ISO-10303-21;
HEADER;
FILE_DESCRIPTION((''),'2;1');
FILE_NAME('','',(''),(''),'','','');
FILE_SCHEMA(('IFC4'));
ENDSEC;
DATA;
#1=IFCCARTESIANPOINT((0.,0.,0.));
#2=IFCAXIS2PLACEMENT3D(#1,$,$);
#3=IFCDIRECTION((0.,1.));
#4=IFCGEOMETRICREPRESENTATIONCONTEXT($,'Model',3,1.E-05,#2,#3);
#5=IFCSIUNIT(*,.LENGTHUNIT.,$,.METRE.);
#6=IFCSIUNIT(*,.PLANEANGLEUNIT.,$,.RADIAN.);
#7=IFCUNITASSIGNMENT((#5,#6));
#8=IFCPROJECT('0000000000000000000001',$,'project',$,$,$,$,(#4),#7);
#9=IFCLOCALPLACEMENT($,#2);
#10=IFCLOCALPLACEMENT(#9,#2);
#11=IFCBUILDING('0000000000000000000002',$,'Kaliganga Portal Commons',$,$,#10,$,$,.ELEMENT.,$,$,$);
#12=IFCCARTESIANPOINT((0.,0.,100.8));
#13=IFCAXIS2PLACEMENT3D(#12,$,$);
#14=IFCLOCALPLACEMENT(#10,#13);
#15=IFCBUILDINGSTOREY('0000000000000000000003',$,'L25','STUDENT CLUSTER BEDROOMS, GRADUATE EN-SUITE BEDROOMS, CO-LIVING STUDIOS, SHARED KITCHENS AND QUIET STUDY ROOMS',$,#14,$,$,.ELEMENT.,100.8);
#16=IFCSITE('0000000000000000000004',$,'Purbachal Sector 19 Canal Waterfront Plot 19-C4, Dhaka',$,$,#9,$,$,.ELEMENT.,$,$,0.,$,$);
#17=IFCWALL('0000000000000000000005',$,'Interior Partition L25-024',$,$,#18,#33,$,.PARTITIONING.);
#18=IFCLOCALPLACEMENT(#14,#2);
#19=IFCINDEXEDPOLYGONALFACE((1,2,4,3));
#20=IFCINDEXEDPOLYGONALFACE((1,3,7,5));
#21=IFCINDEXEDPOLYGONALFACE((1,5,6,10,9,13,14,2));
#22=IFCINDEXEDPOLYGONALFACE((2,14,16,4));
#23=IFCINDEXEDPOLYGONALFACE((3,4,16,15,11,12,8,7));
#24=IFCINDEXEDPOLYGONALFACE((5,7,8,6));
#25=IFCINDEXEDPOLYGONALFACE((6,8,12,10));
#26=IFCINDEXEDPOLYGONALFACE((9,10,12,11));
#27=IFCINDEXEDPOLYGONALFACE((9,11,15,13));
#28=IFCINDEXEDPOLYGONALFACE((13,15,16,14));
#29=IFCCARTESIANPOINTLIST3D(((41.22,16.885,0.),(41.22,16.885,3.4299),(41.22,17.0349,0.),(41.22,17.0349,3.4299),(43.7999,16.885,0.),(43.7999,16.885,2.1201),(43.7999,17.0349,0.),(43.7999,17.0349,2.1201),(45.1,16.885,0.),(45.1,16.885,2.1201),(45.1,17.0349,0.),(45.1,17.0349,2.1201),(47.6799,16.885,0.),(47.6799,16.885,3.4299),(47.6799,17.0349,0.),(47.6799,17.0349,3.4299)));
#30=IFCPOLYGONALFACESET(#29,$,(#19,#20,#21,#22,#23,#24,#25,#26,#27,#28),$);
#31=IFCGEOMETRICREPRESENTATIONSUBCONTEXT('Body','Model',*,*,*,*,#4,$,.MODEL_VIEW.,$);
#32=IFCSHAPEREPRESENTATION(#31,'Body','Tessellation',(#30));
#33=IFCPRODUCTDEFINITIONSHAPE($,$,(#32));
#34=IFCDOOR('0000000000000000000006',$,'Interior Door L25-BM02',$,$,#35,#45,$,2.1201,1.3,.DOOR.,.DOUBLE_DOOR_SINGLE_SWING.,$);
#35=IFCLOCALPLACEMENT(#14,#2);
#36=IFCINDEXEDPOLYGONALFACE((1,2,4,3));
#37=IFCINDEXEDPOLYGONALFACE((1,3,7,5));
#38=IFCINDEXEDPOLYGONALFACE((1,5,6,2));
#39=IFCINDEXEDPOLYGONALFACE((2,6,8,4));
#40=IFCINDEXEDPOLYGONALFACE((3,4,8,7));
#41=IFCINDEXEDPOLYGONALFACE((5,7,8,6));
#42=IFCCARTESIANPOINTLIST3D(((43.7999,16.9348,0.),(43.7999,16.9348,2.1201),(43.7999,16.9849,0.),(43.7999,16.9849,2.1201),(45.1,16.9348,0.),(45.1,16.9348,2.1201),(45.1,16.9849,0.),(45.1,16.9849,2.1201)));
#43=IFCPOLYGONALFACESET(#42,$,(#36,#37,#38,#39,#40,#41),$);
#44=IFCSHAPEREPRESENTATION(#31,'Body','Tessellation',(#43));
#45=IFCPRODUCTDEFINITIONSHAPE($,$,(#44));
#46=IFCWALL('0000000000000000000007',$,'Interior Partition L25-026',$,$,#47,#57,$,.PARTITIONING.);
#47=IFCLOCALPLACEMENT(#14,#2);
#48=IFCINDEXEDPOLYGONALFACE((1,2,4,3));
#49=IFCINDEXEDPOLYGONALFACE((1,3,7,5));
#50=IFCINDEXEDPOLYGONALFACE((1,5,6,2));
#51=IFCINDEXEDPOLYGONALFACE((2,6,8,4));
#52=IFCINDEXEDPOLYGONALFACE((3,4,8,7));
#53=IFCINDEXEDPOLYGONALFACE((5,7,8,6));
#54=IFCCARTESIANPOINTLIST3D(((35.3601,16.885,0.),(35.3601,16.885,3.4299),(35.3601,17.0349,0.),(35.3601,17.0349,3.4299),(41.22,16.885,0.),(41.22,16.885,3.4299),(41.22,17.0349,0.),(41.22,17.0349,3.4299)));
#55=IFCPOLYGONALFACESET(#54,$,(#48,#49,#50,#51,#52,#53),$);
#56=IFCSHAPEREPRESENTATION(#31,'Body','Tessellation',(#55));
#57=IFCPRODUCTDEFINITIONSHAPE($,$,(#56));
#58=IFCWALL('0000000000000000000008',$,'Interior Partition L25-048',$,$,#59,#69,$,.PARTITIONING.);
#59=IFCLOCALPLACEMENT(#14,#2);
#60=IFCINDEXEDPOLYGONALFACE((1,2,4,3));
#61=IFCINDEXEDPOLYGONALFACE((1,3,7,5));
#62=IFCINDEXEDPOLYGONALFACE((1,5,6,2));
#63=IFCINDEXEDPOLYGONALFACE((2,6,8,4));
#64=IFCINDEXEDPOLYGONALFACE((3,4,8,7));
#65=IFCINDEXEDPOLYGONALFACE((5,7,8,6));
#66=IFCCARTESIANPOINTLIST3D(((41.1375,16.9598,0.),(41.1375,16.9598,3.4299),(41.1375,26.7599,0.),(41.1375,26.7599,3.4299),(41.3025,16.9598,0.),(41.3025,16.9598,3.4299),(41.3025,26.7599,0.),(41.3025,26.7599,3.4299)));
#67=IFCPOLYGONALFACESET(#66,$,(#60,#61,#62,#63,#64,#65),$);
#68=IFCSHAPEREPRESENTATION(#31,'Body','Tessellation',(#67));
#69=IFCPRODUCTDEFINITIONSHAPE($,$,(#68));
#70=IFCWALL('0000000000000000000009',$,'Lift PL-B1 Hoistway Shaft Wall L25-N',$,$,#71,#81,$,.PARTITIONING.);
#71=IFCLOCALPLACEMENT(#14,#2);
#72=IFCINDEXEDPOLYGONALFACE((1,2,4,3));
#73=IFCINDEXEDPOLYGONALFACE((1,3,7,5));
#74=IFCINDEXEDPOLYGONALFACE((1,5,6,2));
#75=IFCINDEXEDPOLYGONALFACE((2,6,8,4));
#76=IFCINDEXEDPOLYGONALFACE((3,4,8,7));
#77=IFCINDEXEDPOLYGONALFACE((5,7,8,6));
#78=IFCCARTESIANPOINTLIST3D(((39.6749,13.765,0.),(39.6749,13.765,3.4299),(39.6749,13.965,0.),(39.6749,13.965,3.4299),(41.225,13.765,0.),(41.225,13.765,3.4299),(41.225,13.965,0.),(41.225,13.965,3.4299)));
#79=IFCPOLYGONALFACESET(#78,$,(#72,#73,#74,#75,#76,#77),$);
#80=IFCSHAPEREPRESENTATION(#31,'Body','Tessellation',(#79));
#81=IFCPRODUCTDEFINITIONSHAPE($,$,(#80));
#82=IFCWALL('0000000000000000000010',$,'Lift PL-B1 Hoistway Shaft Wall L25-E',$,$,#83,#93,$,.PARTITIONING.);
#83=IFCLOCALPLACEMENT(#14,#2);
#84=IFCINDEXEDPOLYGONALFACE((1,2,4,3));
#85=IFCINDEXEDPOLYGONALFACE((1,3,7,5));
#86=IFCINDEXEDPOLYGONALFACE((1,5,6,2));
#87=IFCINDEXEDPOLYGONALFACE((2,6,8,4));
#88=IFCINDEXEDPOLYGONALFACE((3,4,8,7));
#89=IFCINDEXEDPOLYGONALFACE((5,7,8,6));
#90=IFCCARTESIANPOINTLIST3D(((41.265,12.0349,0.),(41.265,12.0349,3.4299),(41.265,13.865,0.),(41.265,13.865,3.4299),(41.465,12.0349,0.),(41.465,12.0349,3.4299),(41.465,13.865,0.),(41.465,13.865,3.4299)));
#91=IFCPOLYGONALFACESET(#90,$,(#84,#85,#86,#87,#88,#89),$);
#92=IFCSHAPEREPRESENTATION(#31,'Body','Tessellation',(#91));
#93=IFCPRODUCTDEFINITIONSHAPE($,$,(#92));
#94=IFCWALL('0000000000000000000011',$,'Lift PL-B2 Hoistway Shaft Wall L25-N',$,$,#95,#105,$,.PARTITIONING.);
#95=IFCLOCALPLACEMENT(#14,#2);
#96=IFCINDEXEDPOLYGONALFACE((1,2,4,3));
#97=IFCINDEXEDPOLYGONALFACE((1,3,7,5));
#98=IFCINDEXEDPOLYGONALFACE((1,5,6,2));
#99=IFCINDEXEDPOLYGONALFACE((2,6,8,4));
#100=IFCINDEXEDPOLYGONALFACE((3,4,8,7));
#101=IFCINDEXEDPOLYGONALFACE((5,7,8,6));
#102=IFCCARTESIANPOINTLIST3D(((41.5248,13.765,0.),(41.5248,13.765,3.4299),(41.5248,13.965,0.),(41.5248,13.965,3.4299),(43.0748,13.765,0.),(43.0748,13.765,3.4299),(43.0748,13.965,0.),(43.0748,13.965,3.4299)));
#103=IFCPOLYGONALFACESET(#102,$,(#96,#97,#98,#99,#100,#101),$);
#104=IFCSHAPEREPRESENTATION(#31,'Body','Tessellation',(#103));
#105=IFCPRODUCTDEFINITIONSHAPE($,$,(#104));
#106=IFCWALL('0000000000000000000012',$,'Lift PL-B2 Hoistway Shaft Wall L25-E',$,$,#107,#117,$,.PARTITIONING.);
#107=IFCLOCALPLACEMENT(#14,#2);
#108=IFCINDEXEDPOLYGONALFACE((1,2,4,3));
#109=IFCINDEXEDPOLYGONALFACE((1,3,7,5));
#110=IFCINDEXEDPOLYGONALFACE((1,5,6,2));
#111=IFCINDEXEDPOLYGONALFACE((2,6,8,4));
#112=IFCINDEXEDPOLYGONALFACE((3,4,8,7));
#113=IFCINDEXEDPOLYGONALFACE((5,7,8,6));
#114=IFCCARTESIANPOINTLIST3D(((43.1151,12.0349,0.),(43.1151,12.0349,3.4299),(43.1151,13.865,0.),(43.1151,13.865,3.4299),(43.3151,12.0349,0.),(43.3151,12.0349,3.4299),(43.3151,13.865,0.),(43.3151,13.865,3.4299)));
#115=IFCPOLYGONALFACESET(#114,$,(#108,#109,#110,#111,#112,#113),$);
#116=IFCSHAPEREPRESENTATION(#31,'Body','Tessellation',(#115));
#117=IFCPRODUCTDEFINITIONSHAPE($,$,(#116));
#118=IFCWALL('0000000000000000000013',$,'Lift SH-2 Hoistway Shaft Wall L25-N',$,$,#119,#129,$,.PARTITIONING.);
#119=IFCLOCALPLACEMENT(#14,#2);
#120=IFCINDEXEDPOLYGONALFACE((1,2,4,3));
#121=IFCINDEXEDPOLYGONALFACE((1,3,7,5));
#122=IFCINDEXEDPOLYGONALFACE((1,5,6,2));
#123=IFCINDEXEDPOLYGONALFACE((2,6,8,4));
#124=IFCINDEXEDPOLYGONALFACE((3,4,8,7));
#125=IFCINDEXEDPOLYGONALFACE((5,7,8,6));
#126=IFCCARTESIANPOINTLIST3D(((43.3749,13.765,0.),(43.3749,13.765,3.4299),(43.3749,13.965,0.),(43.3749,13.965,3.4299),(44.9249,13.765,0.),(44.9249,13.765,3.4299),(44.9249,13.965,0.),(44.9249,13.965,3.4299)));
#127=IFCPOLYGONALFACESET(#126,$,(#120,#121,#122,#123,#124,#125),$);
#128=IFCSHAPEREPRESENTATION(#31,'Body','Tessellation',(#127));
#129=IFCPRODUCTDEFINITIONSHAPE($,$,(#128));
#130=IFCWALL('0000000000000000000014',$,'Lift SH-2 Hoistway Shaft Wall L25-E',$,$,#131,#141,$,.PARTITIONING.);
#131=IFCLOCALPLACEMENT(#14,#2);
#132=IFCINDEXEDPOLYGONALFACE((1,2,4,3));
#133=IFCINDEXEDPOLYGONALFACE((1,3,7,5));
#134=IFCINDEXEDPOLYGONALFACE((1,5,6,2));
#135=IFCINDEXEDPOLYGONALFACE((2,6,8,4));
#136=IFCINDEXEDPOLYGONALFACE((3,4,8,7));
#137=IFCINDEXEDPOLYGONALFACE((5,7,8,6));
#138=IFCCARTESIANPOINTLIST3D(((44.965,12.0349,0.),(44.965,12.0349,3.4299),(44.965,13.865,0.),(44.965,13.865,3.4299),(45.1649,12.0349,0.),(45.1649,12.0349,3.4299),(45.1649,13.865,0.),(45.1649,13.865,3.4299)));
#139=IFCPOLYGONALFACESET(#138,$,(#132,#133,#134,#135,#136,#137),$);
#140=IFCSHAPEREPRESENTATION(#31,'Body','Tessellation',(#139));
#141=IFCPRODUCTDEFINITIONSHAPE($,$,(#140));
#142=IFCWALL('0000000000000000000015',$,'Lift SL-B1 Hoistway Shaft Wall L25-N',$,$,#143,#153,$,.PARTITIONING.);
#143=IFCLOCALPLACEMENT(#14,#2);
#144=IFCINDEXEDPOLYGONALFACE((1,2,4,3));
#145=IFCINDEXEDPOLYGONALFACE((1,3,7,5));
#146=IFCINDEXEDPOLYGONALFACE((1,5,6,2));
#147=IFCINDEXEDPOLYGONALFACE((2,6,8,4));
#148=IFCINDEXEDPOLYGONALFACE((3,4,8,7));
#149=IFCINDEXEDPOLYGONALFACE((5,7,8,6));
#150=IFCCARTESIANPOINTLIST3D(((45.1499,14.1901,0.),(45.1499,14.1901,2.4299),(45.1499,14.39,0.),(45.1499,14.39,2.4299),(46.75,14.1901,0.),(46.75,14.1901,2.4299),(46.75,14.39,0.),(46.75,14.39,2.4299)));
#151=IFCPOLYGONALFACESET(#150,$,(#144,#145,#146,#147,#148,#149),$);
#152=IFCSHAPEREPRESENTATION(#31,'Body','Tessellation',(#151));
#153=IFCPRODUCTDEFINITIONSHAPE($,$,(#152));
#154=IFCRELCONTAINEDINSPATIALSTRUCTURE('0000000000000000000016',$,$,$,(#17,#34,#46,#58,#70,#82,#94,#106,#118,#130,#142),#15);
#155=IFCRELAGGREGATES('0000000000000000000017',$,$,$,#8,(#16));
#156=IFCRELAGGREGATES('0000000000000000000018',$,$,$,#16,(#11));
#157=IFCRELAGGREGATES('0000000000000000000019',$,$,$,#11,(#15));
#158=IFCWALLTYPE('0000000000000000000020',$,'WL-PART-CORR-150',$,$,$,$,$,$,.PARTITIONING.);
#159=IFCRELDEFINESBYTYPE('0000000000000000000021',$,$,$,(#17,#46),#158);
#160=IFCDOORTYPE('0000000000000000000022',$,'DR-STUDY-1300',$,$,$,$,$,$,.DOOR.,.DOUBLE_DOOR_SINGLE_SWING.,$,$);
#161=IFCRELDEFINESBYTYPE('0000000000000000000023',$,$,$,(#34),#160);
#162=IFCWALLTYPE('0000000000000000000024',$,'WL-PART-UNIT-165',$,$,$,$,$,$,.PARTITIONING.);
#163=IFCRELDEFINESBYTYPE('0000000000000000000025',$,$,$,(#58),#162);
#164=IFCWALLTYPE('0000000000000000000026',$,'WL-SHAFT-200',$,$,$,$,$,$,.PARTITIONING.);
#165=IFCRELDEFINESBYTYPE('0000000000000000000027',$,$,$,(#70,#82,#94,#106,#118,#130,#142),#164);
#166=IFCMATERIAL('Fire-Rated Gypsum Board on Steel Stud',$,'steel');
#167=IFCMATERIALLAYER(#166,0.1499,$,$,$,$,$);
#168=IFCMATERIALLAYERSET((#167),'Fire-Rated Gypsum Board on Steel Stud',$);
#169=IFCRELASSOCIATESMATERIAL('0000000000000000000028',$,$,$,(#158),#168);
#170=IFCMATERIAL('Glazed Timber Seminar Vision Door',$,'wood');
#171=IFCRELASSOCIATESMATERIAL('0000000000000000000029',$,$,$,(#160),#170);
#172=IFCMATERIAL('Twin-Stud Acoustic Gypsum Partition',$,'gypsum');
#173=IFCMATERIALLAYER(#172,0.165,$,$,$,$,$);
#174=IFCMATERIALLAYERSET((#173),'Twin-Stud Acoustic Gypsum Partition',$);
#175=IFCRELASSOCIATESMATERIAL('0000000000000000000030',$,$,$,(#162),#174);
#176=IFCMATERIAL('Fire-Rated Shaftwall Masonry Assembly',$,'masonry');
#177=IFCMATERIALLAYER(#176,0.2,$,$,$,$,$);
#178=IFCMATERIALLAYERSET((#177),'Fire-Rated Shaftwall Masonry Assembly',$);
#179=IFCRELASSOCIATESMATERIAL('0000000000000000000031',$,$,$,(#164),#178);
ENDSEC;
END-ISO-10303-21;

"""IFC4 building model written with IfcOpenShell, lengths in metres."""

from ifc_helpers import new_model, si_unit, direction, frame, frame_2d, origin, place, context, subcontext, project, spatial, rectangle, extrude, material, layer, layer_set, type_object, element, fill, save


model = new_model("IFC4")

# Units and contexts
model_context = context("Model", 3, precision=1e-05, world=origin(), true_north=direction((0.0, 1.0)))
body_context = subcontext(model_context, "Body", "Model", "MODEL_VIEW")
ifc_project = project(units=[si_unit("LENGTHUNIT", "METRE"), si_unit("PLANEANGLEUNIT", "RADIAN")], contexts=[model_context])

# Site, building, storey
site_placement = place(None, origin())
site = spatial("IfcSite", under=ifc_project, at=site_placement, Name="Purbachal Sector 19 Canal Waterfront Plot 19-C4, Dhaka", CompositionType="ELEMENT", RefElevation=0.0)
building_placement = place(site_placement, origin())
building = spatial("IfcBuilding", under=site, at=building_placement, Name="Kaliganga Portal Commons", CompositionType="ELEMENT")
storey_placement = place(building_placement, frame((0.0, 0.0, 100.8)))
storey = spatial("IfcBuildingStorey", under=building, at=storey_placement, Name="L25", Description="STUDENT CLUSTER BEDROOMS, GRADUATE EN-SUITE BEDROOMS, CO-LIVING STUDIOS, SHARED KITCHENS AND QUIET STUDY ROOMS", CompositionType="ELEMENT", Elevation=100.8)

# Wall, opening, door
ifc_material_1 = material(Name="Fire-Rated Gypsum Board on Steel Stud", Category="steel")
ifc_layer_1 = layer(ifc_material_1, 0.1499)
ifc_layer_set_1 = layer_set([ifc_layer_1], Name="Fire-Rated Gypsum Board on Steel Stud")
wall_type_1 = type_object("IfcWallType", Name="WL-PART-CORR-150", PredefinedType="PARTITIONING", material=ifc_layer_set_1)
ifc_material_2 = material(Name="Glazed Timber Seminar Vision Door", Category="wood")
door_type_1 = type_object("IfcDoorType", Name="DR-STUDY-1300", OperationType="DOUBLE_DOOR_SINGLE_SWING", PredefinedType="DOOR", material=ifc_material_2)
wall_1_placement = place(storey_placement, frame((41.22, 16.96, 0.0), z_axis=(0.0, 0.0, 1.0), x_axis=(1.0, 0.0, 0.0)))
wall_1 = element("IfcWall", 1, at=wall_1_placement, inside=storey, type_object=wall_type_1, Name="Interior Partition L25-024", PredefinedType="PARTITIONING", context=body_context, shape_type="SweptSolid", body=[
    extrude(rectangle(XDim=6.46, YDim=0.1499, at=frame_2d((3.23, 0.0))), origin(), (0.0, 0.0, 1.0), 3.4299),
])
opening_1_placement = place(wall_1_placement, frame((2.5801, 0.0, 0.0)))
opening_1 = element("IfcOpeningElement", 2, at=opening_1_placement, cuts=wall_1, PredefinedType="OPENING", context=body_context, shape_type="SweptSolid", body=[
    extrude(rectangle(XDim=1.3, YDim=2.1201, at=frame_2d((0.6499, 1.0601))), frame((0.0, 0.085, 0.0), z_axis=(0.0, -1.0, 0.0), x_axis=(1.0, 0.0, 0.0)), (0.0, 0.0, 1.0), 0.1699),
])
door_1_placement = place(opening_1_placement, origin())
door_1 = element("IfcDoor", 3, at=door_1_placement, inside=storey, type_object=door_type_1, Name="Interior Door L25-BM02", OperationType="DOUBLE_DOOR_SINGLE_SWING", OverallHeight=2.1201, OverallWidth=1.3, PredefinedType="DOOR", context=body_context, shape_type="SweptSolid", body=[
    extrude(rectangle(XDim=1.3, YDim=2.1201, at=frame_2d((0.6499, 1.0601))), frame((0.0, 0.0249, 0.0), z_axis=(0.0, -1.0, 0.0), x_axis=(1.0, 0.0, 0.0)), (0.0, 0.0, 1.0), 0.05),
])
fill(opening_1, door_1)

# Walls
wall_2_placement = place(storey_placement, frame((35.3601, 16.96, 0.0), z_axis=(0.0, 0.0, 1.0), x_axis=(1.0, 0.0, 0.0)))
element("IfcWall", 4, at=wall_2_placement, inside=storey, type_object=wall_type_1, Name="Interior Partition L25-026", PredefinedType="PARTITIONING", context=body_context, shape_type="SweptSolid", body=[
    extrude(rectangle(XDim=5.8599, YDim=0.1499, at=frame_2d((2.9299, 0.0))), origin(), (0.0, 0.0, 1.0), 3.4299),
])
ifc_material_3 = material(Name="Twin-Stud Acoustic Gypsum Partition", Category="gypsum")
ifc_layer_2 = layer(ifc_material_3, 0.165)
ifc_layer_set_2 = layer_set([ifc_layer_2], Name="Twin-Stud Acoustic Gypsum Partition")
wall_type_2 = type_object("IfcWallType", Name="WL-PART-UNIT-165", PredefinedType="PARTITIONING", material=ifc_layer_set_2)
wall_3_placement = place(storey_placement, frame((41.22, 16.96, 0.0), z_axis=(0.0, 0.0, 1.0), x_axis=(0.0, 1.0, 0.0)))
element("IfcWall", 5, at=wall_3_placement, inside=storey, type_object=wall_type_2, Name="Interior Partition L25-048", PredefinedType="PARTITIONING", context=body_context, shape_type="SweptSolid", body=[
    extrude(rectangle(XDim=9.8, YDim=0.165, at=frame_2d((4.8999, 0.0))), origin(), (0.0, 0.0, 1.0), 3.4299),
])
ifc_material_4 = material(Name="Fire-Rated Shaftwall Masonry Assembly", Category="masonry")
ifc_layer_3 = layer(ifc_material_4, 0.2)
ifc_layer_set_3 = layer_set([ifc_layer_3], Name="Fire-Rated Shaftwall Masonry Assembly")
wall_type_3 = type_object("IfcWallType", Name="WL-SHAFT-200", PredefinedType="PARTITIONING", material=ifc_layer_set_3)
wall_4_placement = place(storey_placement, frame((39.675, 13.865, 0.0), z_axis=(0.0, 0.0, 1.0), x_axis=(1.0, 0.0, 0.0)))
element("IfcWall", 6, at=wall_4_placement, inside=storey, type_object=wall_type_3, Name="Lift PL-B1 Hoistway Shaft Wall L25-N", PredefinedType="PARTITIONING", context=body_context, shape_type="SweptSolid", body=[
    extrude(rectangle(XDim=1.55, YDim=0.2, at=frame_2d((0.7749, 0.0))), origin(), (0.0, 0.0, 1.0), 3.4299),
])
wall_5_placement = place(storey_placement, frame((41.365, 12.0349, 0.0), z_axis=(0.0, 0.0, 1.0), x_axis=(0.0, 1.0, 0.0)))
element("IfcWall", 7, at=wall_5_placement, inside=storey, type_object=wall_type_3, Name="Lift PL-B1 Hoistway Shaft Wall L25-E", PredefinedType="PARTITIONING", context=body_context, shape_type="SweptSolid", body=[
    extrude(rectangle(XDim=1.8301, YDim=0.2, at=frame_2d((0.915, 0.0))), origin(), (0.0, 0.0, 1.0), 3.4299),
])

# Walls
wall_6_placement = place(storey_placement, frame((41.5249, 13.865, 0.0), z_axis=(0.0, 0.0, 1.0), x_axis=(1.0, 0.0, 0.0)))
element("IfcWall", 8, at=wall_6_placement, inside=storey, type_object=wall_type_3, Name="Lift PL-B2 Hoistway Shaft Wall L25-N", PredefinedType="PARTITIONING", context=body_context, shape_type="SweptSolid", body=[
    extrude(rectangle(XDim=1.55, YDim=0.2, at=frame_2d((0.7749, 0.0))), origin(), (0.0, 0.0, 1.0), 3.4299),
])
wall_7_placement = place(storey_placement, frame((43.2151, 12.0349, 0.0), z_axis=(0.0, 0.0, 1.0), x_axis=(0.0, 1.0, 0.0)))
element("IfcWall", 9, at=wall_7_placement, inside=storey, type_object=wall_type_3, Name="Lift PL-B2 Hoistway Shaft Wall L25-E", PredefinedType="PARTITIONING", context=body_context, shape_type="SweptSolid", body=[
    extrude(rectangle(XDim=1.8301, YDim=0.2, at=frame_2d((0.915, 0.0))), origin(), (0.0, 0.0, 1.0), 3.4299),
])

# Walls
wall_8_placement = place(storey_placement, frame((43.375, 13.865, 0.0), z_axis=(0.0, 0.0, 1.0), x_axis=(1.0, 0.0, 0.0)))
element("IfcWall", 10, at=wall_8_placement, inside=storey, type_object=wall_type_3, Name="Lift SH-2 Hoistway Shaft Wall L25-N", PredefinedType="PARTITIONING", context=body_context, shape_type="SweptSolid", body=[
    extrude(rectangle(XDim=1.55, YDim=0.2, at=frame_2d((0.7749, 0.0))), origin(), (0.0, 0.0, 1.0), 3.4299),
])
wall_9_placement = place(storey_placement, frame((45.0649, 12.0349, 0.0), z_axis=(0.0, 0.0, 1.0), x_axis=(0.0, 1.0, 0.0)))
element("IfcWall", 11, at=wall_9_placement, inside=storey, type_object=wall_type_3, Name="Lift SH-2 Hoistway Shaft Wall L25-E", PredefinedType="PARTITIONING", context=body_context, shape_type="SweptSolid", body=[
    extrude(rectangle(XDim=1.8301, YDim=0.2, at=frame_2d((0.915, 0.0))), origin(), (0.0, 0.0, 1.0), 3.4299),
])
wall_10_placement = place(storey_placement, frame((45.1499, 14.29, 0.0), z_axis=(0.0, 0.0, 1.0), x_axis=(1.0, 0.0, 0.0)))
element("IfcWall", 12, at=wall_10_placement, inside=storey, type_object=wall_type_3, Name="Lift SL-B1 Hoistway Shaft Wall L25-N", PredefinedType="PARTITIONING", context=body_context, shape_type="SweptSolid", body=[
    extrude(rectangle(XDim=1.6001, YDim=0.2, at=frame_2d((0.8, 0.0))), origin(), (0.0, 0.0, 1.0), 2.4299),
])

save(model, "model.ifc")
